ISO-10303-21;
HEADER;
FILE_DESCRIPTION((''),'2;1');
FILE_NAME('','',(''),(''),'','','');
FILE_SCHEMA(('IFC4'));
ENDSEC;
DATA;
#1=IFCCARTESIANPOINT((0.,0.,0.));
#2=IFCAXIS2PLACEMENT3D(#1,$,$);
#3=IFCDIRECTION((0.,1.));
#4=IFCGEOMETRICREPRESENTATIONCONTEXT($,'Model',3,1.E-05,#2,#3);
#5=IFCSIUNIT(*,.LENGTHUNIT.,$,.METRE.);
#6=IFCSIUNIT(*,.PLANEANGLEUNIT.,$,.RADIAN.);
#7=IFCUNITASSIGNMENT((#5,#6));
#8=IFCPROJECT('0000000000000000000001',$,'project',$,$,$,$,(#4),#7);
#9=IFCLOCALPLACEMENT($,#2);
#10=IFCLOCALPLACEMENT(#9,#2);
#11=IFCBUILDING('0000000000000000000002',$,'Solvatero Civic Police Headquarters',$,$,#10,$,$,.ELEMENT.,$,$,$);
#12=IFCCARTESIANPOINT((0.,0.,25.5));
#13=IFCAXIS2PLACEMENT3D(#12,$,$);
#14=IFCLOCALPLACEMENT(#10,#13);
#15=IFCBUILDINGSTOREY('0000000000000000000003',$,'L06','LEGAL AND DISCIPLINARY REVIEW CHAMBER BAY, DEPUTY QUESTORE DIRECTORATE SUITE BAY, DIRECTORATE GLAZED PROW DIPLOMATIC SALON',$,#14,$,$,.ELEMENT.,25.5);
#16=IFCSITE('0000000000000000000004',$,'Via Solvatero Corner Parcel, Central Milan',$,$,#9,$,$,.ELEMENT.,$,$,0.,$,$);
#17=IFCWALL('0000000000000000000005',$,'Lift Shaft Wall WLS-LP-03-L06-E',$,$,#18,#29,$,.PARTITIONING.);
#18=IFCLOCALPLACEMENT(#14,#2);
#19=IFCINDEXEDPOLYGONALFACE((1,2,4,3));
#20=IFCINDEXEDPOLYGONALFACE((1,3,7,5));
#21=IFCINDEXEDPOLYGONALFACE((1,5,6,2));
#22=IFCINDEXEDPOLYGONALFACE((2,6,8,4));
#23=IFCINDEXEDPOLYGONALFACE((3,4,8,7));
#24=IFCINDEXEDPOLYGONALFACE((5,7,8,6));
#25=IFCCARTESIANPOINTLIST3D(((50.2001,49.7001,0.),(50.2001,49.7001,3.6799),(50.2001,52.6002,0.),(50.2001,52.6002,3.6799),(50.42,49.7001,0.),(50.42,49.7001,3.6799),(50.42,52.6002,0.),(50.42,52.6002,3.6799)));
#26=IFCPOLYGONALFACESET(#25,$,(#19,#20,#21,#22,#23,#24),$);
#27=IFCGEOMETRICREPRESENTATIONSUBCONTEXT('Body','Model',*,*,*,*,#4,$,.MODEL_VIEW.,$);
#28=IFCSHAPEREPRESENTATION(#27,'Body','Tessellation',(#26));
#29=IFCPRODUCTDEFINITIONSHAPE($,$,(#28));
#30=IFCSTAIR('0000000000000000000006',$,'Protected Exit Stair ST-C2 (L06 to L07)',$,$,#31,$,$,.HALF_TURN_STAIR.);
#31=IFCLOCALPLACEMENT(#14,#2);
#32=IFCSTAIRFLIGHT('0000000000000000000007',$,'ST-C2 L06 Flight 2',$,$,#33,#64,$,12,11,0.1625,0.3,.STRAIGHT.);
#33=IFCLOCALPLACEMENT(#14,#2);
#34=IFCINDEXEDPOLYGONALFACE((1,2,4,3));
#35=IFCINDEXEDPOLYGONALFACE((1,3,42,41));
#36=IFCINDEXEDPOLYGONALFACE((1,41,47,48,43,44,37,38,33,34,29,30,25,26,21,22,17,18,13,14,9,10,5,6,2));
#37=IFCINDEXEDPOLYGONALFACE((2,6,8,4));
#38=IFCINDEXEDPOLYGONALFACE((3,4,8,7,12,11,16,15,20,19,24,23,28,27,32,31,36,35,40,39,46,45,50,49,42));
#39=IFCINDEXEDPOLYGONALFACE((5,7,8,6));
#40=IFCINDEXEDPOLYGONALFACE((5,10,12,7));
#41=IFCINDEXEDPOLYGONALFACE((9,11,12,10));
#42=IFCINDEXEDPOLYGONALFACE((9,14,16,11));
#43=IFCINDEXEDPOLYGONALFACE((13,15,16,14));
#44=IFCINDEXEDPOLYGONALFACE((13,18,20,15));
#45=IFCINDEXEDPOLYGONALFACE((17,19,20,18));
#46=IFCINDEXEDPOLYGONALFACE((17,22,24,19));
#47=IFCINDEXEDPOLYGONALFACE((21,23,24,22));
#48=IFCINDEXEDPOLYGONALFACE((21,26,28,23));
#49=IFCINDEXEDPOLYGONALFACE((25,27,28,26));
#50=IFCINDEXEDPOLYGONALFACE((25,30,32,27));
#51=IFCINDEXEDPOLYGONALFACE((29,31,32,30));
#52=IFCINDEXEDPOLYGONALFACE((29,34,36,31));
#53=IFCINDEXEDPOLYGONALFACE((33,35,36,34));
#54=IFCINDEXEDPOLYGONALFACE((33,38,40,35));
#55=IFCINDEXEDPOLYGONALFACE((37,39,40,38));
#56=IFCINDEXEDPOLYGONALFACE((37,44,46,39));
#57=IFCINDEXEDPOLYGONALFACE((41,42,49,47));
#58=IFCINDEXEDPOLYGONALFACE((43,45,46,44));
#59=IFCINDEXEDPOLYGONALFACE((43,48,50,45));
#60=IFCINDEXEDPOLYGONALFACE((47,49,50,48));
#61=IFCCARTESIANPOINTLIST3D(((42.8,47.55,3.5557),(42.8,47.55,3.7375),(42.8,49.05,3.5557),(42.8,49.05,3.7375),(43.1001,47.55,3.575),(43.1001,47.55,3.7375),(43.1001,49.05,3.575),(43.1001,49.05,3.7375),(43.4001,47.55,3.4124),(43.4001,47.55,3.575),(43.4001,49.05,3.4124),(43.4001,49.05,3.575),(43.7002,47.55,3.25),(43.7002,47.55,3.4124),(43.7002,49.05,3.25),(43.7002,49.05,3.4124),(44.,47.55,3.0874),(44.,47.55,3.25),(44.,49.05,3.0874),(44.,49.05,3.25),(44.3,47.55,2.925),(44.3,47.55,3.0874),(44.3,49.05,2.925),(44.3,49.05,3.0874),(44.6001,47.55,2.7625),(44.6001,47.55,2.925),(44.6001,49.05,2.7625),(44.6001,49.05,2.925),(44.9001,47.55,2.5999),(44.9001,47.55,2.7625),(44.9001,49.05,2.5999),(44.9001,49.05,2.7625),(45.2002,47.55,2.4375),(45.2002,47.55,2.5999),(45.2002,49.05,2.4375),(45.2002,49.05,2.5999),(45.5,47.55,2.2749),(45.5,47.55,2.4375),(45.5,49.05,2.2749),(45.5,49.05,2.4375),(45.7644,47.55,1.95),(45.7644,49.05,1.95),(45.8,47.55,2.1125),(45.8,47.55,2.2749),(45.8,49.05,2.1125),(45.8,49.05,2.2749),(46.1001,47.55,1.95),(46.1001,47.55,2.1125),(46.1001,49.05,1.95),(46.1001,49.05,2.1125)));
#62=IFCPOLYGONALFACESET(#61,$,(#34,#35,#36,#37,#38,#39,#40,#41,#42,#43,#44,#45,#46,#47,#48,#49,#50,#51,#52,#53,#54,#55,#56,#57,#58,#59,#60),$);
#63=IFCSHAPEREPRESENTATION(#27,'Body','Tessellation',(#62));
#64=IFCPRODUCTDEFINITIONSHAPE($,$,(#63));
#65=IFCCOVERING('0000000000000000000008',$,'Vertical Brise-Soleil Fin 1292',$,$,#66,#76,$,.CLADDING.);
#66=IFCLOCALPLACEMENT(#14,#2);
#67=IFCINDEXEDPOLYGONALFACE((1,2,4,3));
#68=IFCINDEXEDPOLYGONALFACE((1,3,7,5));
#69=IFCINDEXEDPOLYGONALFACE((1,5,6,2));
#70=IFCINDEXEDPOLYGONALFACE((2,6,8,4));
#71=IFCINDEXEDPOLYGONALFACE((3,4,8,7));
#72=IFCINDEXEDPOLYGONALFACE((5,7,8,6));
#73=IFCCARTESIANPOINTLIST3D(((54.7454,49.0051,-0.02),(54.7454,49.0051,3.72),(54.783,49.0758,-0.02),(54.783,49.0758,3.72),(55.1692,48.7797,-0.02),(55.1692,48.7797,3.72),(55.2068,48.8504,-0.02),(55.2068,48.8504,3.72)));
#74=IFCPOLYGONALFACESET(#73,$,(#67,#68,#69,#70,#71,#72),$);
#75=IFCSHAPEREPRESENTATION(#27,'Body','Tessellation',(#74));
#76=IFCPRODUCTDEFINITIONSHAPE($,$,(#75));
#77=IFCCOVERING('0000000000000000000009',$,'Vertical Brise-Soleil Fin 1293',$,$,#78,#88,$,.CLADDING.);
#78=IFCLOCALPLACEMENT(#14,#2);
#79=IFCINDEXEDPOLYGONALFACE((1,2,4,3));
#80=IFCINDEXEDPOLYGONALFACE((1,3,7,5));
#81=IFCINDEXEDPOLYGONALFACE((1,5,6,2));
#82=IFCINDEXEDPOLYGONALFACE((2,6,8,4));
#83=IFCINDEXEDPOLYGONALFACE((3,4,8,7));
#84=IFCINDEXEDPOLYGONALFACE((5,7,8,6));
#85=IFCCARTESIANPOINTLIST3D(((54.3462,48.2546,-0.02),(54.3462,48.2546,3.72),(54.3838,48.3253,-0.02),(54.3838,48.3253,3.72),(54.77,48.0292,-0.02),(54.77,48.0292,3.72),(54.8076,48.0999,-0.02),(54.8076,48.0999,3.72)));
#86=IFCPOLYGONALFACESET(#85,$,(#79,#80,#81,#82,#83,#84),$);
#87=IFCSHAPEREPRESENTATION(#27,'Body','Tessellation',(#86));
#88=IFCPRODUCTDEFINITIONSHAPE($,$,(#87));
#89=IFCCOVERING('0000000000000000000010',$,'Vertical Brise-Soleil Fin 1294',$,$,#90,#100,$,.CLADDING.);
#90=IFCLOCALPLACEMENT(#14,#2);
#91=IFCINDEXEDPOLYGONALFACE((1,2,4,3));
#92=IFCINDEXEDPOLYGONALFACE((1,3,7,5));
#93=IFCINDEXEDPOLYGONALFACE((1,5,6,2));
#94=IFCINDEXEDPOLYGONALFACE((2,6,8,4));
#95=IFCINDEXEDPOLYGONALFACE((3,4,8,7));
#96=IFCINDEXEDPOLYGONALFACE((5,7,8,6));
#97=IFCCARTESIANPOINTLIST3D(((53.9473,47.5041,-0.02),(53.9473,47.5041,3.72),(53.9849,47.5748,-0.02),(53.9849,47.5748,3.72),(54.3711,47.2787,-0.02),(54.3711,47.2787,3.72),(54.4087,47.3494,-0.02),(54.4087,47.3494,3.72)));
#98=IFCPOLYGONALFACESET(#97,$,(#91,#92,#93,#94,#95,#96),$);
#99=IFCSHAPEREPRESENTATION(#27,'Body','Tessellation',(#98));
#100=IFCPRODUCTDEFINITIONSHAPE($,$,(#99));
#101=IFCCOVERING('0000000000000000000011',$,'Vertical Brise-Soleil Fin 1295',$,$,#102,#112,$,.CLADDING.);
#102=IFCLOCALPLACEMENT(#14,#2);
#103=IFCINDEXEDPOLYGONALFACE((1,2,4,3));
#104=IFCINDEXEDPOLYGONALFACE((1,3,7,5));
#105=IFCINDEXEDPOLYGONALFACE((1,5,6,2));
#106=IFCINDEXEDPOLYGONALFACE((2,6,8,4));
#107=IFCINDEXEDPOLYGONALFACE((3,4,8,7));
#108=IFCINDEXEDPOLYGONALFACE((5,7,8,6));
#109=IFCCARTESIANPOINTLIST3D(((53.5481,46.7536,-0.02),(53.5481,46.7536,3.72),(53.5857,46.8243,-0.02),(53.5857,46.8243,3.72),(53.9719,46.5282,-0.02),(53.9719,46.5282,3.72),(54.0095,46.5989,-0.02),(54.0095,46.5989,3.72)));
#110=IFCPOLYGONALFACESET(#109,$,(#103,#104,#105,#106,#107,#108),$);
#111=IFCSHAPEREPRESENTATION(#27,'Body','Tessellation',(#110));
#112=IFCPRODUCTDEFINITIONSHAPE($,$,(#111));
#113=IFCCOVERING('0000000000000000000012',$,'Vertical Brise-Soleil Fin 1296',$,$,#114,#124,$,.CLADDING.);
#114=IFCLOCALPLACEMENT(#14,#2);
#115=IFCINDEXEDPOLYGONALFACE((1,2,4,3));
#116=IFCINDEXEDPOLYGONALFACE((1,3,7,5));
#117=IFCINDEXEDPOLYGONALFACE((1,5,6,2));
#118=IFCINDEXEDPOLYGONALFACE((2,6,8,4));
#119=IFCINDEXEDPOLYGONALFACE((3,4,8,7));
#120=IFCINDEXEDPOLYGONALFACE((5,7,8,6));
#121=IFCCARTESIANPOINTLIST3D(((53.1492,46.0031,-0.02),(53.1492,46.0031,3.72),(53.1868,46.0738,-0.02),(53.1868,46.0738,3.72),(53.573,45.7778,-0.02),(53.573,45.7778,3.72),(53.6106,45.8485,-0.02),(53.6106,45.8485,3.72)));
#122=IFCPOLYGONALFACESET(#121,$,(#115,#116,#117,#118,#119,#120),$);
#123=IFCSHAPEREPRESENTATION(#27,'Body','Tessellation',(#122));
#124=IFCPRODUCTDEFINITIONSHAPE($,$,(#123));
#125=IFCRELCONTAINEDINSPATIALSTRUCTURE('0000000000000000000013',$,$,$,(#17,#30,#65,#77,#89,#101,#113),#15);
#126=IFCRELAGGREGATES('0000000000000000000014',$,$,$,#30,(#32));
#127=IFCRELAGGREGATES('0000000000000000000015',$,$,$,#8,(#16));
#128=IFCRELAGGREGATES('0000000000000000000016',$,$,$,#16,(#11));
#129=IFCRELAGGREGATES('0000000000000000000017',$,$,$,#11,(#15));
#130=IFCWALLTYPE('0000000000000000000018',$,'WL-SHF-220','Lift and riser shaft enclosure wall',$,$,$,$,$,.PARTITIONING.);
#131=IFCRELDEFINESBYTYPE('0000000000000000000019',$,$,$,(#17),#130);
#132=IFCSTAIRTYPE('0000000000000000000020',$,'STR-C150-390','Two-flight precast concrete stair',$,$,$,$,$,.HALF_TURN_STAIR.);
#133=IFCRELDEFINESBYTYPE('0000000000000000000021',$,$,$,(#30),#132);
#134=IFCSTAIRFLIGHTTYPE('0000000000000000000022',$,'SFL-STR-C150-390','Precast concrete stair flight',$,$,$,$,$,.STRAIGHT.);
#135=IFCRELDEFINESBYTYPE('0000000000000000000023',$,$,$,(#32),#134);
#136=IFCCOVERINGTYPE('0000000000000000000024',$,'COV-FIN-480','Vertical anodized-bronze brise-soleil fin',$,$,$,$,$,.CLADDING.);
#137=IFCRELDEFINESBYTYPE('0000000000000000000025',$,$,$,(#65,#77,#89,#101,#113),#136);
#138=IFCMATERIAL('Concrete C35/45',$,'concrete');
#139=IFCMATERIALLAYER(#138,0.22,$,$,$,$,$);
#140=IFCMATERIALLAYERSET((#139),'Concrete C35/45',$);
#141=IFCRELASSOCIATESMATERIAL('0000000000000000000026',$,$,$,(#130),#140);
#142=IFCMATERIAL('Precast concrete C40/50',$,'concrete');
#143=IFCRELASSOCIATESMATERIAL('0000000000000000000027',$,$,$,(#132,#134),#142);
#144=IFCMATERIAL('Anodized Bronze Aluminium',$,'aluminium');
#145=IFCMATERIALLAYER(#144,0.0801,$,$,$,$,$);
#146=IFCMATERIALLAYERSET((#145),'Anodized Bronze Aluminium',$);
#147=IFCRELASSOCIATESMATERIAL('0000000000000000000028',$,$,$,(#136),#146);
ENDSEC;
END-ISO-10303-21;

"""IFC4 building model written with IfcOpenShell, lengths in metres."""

from ifc_helpers import new_model, si_unit, direction, frame, frame_2d, origin, origin_2d, place, context, subcontext, project, spatial, polyline, rectangle, outline, extrude, material, layer, layer_set, type_object, element, aggregate, save


model = new_model("IFC4")

# Units and contexts
model_context = context("Model", 3, precision=1e-05, world=origin(), true_north=direction((0.0, 1.0)))
body_context = subcontext(model_context, "Body", "Model", "MODEL_VIEW")
ifc_project = project(units=[si_unit("LENGTHUNIT", "METRE"), si_unit("PLANEANGLEUNIT", "RADIAN")], contexts=[model_context])

# Site, building, storey
site_placement = place(None, origin())
site = spatial("IfcSite", under=ifc_project, at=site_placement, Name="Via Solvatero Corner Parcel, Central Milan", CompositionType="ELEMENT", RefElevation=0.0)
building_placement = place(site_placement, origin())
building = spatial("IfcBuilding", under=site, at=building_placement, Name="Solvatero Civic Police Headquarters", CompositionType="ELEMENT")
storey_placement = place(building_placement, frame((0.0, 0.0, 25.5)))
storey = spatial("IfcBuildingStorey", under=building, at=storey_placement, Name="L06", Description="LEGAL AND DISCIPLINARY REVIEW CHAMBER BAY, DEPUTY QUESTORE DIRECTORATE SUITE BAY, DIRECTORATE GLAZED PROW DIPLOMATIC SALON", CompositionType="ELEMENT", Elevation=25.5)

# Shared definitions
ifc_material_1 = material(Name="Anodized Bronze Aluminium", Category="aluminium")

# Shared definitions
ifc_material_2 = material(Name="Concrete C35/45", Category="concrete")
ifc_layer_1 = layer(ifc_material_2, 0.22)
ifc_layer_set_1 = layer_set([ifc_layer_1], Name="Concrete C35/45")
wall_type_1 = type_object("IfcWallType", Name="WL-SHF-220", Description="Lift and riser shaft enclosure wall", PredefinedType="PARTITIONING", material=ifc_layer_set_1)

# Wall
wall_1_placement = place(storey_placement, frame((50.3101, 49.7, 0.0), z_axis=(0.0, 0.0, 1.0), x_axis=(0.0, 1.0, 0.0)))
element("IfcWall", 1, at=wall_1_placement, inside=storey, type_object=wall_type_1, Name="Lift Shaft Wall WLS-LP-03-L06-E", PredefinedType="PARTITIONING", context=body_context, shape_type="SweptSolid", body=[
    extrude(rectangle(XDim=2.9001, YDim=0.22, at=frame_2d((1.4502, 0.0))), origin(), (0.0, 0.0, 1.0), 3.6799),
])

# Stair, stair flight
ifc_material_3 = material(Name="Precast concrete C40/50", Category="concrete")
stair_type = type_object("IfcStairType", Name="STR-C150-390", Description="Two-flight precast concrete stair", PredefinedType="HALF_TURN_STAIR", material=ifc_material_3)
stair_placement = place(storey_placement, origin())
stair = element("IfcStair", 2, at=stair_placement, inside=storey, type_object=stair_type, Name="Protected Exit Stair ST-C2 (L06 to L07)", PredefinedType="HALF_TURN_STAIR")
stair_flight_type = type_object("IfcStairFlightType", Name="SFL-STR-C150-390", Description="Precast concrete stair flight", PredefinedType="STRAIGHT", material=ifc_material_3)
stair_flight_placement = place(storey_placement, frame((46.1001, 48.3, 1.95), z_axis=(0.0, 0.0, 1.0), x_axis=(-1.0, 0.0, 0.0)))
stair_flight = element("IfcStairFlight", 3, at=stair_flight_placement, type_object=stair_flight_type, Name="ST-C2 L06 Flight 2", NumberOfRisers=12, NumberOfTreads=11, PredefinedType="STRAIGHT", RiserHeight=0.1625, TreadLength=0.3, context=body_context, shape_type="SweptSolid", body=[
    extrude(outline(polyline([(0.0, 0.0), (0.0, 0.1626), (0.3, 0.1626), (0.3, 0.325), (0.6001, 0.325), (0.6001, 0.4875), (0.8999, 0.4875), (0.8999, 0.6499), (1.2, 0.6499), (1.2, 0.8125), (1.5, 0.8125), (1.5, 0.9751), (1.8, 0.9751), (1.8, 1.1375), (2.1001, 1.1375), (2.1001, 1.3), (2.3999, 1.3), (2.3999, 1.4624), (2.7, 1.4624), (2.7, 1.625), (3.0, 1.625), (3.0, 1.7876), (3.3, 1.7876), (3.3, 1.95), (3.3, 1.6057), (0.3357, 0.0), (0.0, 0.0)])), frame((0.0, 0.75, 0.0), z_axis=(0.0, -1.0, 0.0), x_axis=(1.0, 0.0, 0.0)), (0.0, 0.0, 1.0), 1.5),
])
aggregate(stair, [stair_flight])

# Coverings
ifc_layer_2 = layer(ifc_material_1, 0.0801)
ifc_layer_set_2 = layer_set([ifc_layer_2], Name="Anodized Bronze Aluminium")
covering_type = type_object("IfcCoveringType", Name="COV-FIN-480", Description="Vertical anodized-bronze brise-soleil fin", PredefinedType="CLADDING", material=ifc_layer_set_2)
for number, where, z_axis, x_axis, name in (
    (4, (54.9761, 48.9277, -0.02), (0.0, 0.0, 1.0), (-0.469487, -0.882939, 0.0), "Vertical Brise-Soleil Fin 1292"),
    (5, (54.5769, 48.1772, -0.02), (0.0, 0.0, 1.0), (-0.469487, -0.882939, 0.0), "Vertical Brise-Soleil Fin 1293"),
    (6, (54.178, 47.4268, -0.02), (0.0, 0.0, 1.0), (-0.469487, -0.882939, 0.0), "Vertical Brise-Soleil Fin 1294"),
    (7, (53.7788, 46.6763, -0.02), (0.0, 0.0, 1.0), (-0.469487, -0.882939, 0.0), "Vertical Brise-Soleil Fin 1295"),
    (8, (53.3799, 45.9258, -0.02), (0.0, 0.0, 1.0), (-0.469487, -0.882939, 0.0), "Vertical Brise-Soleil Fin 1296"),
):
    element("IfcCovering", number, at=place(storey_placement, frame(where, z_axis=z_axis, x_axis=x_axis)), inside=storey, type_object=covering_type, Name=name, PredefinedType="CLADDING", context=body_context, shape_type="SweptSolid", body=[
        extrude(rectangle(XDim=0.0801, YDim=0.48, at=origin_2d()), origin(), (0.0, 0.0, 1.0), 3.74),
    ])

save(model, "model.ifc")
